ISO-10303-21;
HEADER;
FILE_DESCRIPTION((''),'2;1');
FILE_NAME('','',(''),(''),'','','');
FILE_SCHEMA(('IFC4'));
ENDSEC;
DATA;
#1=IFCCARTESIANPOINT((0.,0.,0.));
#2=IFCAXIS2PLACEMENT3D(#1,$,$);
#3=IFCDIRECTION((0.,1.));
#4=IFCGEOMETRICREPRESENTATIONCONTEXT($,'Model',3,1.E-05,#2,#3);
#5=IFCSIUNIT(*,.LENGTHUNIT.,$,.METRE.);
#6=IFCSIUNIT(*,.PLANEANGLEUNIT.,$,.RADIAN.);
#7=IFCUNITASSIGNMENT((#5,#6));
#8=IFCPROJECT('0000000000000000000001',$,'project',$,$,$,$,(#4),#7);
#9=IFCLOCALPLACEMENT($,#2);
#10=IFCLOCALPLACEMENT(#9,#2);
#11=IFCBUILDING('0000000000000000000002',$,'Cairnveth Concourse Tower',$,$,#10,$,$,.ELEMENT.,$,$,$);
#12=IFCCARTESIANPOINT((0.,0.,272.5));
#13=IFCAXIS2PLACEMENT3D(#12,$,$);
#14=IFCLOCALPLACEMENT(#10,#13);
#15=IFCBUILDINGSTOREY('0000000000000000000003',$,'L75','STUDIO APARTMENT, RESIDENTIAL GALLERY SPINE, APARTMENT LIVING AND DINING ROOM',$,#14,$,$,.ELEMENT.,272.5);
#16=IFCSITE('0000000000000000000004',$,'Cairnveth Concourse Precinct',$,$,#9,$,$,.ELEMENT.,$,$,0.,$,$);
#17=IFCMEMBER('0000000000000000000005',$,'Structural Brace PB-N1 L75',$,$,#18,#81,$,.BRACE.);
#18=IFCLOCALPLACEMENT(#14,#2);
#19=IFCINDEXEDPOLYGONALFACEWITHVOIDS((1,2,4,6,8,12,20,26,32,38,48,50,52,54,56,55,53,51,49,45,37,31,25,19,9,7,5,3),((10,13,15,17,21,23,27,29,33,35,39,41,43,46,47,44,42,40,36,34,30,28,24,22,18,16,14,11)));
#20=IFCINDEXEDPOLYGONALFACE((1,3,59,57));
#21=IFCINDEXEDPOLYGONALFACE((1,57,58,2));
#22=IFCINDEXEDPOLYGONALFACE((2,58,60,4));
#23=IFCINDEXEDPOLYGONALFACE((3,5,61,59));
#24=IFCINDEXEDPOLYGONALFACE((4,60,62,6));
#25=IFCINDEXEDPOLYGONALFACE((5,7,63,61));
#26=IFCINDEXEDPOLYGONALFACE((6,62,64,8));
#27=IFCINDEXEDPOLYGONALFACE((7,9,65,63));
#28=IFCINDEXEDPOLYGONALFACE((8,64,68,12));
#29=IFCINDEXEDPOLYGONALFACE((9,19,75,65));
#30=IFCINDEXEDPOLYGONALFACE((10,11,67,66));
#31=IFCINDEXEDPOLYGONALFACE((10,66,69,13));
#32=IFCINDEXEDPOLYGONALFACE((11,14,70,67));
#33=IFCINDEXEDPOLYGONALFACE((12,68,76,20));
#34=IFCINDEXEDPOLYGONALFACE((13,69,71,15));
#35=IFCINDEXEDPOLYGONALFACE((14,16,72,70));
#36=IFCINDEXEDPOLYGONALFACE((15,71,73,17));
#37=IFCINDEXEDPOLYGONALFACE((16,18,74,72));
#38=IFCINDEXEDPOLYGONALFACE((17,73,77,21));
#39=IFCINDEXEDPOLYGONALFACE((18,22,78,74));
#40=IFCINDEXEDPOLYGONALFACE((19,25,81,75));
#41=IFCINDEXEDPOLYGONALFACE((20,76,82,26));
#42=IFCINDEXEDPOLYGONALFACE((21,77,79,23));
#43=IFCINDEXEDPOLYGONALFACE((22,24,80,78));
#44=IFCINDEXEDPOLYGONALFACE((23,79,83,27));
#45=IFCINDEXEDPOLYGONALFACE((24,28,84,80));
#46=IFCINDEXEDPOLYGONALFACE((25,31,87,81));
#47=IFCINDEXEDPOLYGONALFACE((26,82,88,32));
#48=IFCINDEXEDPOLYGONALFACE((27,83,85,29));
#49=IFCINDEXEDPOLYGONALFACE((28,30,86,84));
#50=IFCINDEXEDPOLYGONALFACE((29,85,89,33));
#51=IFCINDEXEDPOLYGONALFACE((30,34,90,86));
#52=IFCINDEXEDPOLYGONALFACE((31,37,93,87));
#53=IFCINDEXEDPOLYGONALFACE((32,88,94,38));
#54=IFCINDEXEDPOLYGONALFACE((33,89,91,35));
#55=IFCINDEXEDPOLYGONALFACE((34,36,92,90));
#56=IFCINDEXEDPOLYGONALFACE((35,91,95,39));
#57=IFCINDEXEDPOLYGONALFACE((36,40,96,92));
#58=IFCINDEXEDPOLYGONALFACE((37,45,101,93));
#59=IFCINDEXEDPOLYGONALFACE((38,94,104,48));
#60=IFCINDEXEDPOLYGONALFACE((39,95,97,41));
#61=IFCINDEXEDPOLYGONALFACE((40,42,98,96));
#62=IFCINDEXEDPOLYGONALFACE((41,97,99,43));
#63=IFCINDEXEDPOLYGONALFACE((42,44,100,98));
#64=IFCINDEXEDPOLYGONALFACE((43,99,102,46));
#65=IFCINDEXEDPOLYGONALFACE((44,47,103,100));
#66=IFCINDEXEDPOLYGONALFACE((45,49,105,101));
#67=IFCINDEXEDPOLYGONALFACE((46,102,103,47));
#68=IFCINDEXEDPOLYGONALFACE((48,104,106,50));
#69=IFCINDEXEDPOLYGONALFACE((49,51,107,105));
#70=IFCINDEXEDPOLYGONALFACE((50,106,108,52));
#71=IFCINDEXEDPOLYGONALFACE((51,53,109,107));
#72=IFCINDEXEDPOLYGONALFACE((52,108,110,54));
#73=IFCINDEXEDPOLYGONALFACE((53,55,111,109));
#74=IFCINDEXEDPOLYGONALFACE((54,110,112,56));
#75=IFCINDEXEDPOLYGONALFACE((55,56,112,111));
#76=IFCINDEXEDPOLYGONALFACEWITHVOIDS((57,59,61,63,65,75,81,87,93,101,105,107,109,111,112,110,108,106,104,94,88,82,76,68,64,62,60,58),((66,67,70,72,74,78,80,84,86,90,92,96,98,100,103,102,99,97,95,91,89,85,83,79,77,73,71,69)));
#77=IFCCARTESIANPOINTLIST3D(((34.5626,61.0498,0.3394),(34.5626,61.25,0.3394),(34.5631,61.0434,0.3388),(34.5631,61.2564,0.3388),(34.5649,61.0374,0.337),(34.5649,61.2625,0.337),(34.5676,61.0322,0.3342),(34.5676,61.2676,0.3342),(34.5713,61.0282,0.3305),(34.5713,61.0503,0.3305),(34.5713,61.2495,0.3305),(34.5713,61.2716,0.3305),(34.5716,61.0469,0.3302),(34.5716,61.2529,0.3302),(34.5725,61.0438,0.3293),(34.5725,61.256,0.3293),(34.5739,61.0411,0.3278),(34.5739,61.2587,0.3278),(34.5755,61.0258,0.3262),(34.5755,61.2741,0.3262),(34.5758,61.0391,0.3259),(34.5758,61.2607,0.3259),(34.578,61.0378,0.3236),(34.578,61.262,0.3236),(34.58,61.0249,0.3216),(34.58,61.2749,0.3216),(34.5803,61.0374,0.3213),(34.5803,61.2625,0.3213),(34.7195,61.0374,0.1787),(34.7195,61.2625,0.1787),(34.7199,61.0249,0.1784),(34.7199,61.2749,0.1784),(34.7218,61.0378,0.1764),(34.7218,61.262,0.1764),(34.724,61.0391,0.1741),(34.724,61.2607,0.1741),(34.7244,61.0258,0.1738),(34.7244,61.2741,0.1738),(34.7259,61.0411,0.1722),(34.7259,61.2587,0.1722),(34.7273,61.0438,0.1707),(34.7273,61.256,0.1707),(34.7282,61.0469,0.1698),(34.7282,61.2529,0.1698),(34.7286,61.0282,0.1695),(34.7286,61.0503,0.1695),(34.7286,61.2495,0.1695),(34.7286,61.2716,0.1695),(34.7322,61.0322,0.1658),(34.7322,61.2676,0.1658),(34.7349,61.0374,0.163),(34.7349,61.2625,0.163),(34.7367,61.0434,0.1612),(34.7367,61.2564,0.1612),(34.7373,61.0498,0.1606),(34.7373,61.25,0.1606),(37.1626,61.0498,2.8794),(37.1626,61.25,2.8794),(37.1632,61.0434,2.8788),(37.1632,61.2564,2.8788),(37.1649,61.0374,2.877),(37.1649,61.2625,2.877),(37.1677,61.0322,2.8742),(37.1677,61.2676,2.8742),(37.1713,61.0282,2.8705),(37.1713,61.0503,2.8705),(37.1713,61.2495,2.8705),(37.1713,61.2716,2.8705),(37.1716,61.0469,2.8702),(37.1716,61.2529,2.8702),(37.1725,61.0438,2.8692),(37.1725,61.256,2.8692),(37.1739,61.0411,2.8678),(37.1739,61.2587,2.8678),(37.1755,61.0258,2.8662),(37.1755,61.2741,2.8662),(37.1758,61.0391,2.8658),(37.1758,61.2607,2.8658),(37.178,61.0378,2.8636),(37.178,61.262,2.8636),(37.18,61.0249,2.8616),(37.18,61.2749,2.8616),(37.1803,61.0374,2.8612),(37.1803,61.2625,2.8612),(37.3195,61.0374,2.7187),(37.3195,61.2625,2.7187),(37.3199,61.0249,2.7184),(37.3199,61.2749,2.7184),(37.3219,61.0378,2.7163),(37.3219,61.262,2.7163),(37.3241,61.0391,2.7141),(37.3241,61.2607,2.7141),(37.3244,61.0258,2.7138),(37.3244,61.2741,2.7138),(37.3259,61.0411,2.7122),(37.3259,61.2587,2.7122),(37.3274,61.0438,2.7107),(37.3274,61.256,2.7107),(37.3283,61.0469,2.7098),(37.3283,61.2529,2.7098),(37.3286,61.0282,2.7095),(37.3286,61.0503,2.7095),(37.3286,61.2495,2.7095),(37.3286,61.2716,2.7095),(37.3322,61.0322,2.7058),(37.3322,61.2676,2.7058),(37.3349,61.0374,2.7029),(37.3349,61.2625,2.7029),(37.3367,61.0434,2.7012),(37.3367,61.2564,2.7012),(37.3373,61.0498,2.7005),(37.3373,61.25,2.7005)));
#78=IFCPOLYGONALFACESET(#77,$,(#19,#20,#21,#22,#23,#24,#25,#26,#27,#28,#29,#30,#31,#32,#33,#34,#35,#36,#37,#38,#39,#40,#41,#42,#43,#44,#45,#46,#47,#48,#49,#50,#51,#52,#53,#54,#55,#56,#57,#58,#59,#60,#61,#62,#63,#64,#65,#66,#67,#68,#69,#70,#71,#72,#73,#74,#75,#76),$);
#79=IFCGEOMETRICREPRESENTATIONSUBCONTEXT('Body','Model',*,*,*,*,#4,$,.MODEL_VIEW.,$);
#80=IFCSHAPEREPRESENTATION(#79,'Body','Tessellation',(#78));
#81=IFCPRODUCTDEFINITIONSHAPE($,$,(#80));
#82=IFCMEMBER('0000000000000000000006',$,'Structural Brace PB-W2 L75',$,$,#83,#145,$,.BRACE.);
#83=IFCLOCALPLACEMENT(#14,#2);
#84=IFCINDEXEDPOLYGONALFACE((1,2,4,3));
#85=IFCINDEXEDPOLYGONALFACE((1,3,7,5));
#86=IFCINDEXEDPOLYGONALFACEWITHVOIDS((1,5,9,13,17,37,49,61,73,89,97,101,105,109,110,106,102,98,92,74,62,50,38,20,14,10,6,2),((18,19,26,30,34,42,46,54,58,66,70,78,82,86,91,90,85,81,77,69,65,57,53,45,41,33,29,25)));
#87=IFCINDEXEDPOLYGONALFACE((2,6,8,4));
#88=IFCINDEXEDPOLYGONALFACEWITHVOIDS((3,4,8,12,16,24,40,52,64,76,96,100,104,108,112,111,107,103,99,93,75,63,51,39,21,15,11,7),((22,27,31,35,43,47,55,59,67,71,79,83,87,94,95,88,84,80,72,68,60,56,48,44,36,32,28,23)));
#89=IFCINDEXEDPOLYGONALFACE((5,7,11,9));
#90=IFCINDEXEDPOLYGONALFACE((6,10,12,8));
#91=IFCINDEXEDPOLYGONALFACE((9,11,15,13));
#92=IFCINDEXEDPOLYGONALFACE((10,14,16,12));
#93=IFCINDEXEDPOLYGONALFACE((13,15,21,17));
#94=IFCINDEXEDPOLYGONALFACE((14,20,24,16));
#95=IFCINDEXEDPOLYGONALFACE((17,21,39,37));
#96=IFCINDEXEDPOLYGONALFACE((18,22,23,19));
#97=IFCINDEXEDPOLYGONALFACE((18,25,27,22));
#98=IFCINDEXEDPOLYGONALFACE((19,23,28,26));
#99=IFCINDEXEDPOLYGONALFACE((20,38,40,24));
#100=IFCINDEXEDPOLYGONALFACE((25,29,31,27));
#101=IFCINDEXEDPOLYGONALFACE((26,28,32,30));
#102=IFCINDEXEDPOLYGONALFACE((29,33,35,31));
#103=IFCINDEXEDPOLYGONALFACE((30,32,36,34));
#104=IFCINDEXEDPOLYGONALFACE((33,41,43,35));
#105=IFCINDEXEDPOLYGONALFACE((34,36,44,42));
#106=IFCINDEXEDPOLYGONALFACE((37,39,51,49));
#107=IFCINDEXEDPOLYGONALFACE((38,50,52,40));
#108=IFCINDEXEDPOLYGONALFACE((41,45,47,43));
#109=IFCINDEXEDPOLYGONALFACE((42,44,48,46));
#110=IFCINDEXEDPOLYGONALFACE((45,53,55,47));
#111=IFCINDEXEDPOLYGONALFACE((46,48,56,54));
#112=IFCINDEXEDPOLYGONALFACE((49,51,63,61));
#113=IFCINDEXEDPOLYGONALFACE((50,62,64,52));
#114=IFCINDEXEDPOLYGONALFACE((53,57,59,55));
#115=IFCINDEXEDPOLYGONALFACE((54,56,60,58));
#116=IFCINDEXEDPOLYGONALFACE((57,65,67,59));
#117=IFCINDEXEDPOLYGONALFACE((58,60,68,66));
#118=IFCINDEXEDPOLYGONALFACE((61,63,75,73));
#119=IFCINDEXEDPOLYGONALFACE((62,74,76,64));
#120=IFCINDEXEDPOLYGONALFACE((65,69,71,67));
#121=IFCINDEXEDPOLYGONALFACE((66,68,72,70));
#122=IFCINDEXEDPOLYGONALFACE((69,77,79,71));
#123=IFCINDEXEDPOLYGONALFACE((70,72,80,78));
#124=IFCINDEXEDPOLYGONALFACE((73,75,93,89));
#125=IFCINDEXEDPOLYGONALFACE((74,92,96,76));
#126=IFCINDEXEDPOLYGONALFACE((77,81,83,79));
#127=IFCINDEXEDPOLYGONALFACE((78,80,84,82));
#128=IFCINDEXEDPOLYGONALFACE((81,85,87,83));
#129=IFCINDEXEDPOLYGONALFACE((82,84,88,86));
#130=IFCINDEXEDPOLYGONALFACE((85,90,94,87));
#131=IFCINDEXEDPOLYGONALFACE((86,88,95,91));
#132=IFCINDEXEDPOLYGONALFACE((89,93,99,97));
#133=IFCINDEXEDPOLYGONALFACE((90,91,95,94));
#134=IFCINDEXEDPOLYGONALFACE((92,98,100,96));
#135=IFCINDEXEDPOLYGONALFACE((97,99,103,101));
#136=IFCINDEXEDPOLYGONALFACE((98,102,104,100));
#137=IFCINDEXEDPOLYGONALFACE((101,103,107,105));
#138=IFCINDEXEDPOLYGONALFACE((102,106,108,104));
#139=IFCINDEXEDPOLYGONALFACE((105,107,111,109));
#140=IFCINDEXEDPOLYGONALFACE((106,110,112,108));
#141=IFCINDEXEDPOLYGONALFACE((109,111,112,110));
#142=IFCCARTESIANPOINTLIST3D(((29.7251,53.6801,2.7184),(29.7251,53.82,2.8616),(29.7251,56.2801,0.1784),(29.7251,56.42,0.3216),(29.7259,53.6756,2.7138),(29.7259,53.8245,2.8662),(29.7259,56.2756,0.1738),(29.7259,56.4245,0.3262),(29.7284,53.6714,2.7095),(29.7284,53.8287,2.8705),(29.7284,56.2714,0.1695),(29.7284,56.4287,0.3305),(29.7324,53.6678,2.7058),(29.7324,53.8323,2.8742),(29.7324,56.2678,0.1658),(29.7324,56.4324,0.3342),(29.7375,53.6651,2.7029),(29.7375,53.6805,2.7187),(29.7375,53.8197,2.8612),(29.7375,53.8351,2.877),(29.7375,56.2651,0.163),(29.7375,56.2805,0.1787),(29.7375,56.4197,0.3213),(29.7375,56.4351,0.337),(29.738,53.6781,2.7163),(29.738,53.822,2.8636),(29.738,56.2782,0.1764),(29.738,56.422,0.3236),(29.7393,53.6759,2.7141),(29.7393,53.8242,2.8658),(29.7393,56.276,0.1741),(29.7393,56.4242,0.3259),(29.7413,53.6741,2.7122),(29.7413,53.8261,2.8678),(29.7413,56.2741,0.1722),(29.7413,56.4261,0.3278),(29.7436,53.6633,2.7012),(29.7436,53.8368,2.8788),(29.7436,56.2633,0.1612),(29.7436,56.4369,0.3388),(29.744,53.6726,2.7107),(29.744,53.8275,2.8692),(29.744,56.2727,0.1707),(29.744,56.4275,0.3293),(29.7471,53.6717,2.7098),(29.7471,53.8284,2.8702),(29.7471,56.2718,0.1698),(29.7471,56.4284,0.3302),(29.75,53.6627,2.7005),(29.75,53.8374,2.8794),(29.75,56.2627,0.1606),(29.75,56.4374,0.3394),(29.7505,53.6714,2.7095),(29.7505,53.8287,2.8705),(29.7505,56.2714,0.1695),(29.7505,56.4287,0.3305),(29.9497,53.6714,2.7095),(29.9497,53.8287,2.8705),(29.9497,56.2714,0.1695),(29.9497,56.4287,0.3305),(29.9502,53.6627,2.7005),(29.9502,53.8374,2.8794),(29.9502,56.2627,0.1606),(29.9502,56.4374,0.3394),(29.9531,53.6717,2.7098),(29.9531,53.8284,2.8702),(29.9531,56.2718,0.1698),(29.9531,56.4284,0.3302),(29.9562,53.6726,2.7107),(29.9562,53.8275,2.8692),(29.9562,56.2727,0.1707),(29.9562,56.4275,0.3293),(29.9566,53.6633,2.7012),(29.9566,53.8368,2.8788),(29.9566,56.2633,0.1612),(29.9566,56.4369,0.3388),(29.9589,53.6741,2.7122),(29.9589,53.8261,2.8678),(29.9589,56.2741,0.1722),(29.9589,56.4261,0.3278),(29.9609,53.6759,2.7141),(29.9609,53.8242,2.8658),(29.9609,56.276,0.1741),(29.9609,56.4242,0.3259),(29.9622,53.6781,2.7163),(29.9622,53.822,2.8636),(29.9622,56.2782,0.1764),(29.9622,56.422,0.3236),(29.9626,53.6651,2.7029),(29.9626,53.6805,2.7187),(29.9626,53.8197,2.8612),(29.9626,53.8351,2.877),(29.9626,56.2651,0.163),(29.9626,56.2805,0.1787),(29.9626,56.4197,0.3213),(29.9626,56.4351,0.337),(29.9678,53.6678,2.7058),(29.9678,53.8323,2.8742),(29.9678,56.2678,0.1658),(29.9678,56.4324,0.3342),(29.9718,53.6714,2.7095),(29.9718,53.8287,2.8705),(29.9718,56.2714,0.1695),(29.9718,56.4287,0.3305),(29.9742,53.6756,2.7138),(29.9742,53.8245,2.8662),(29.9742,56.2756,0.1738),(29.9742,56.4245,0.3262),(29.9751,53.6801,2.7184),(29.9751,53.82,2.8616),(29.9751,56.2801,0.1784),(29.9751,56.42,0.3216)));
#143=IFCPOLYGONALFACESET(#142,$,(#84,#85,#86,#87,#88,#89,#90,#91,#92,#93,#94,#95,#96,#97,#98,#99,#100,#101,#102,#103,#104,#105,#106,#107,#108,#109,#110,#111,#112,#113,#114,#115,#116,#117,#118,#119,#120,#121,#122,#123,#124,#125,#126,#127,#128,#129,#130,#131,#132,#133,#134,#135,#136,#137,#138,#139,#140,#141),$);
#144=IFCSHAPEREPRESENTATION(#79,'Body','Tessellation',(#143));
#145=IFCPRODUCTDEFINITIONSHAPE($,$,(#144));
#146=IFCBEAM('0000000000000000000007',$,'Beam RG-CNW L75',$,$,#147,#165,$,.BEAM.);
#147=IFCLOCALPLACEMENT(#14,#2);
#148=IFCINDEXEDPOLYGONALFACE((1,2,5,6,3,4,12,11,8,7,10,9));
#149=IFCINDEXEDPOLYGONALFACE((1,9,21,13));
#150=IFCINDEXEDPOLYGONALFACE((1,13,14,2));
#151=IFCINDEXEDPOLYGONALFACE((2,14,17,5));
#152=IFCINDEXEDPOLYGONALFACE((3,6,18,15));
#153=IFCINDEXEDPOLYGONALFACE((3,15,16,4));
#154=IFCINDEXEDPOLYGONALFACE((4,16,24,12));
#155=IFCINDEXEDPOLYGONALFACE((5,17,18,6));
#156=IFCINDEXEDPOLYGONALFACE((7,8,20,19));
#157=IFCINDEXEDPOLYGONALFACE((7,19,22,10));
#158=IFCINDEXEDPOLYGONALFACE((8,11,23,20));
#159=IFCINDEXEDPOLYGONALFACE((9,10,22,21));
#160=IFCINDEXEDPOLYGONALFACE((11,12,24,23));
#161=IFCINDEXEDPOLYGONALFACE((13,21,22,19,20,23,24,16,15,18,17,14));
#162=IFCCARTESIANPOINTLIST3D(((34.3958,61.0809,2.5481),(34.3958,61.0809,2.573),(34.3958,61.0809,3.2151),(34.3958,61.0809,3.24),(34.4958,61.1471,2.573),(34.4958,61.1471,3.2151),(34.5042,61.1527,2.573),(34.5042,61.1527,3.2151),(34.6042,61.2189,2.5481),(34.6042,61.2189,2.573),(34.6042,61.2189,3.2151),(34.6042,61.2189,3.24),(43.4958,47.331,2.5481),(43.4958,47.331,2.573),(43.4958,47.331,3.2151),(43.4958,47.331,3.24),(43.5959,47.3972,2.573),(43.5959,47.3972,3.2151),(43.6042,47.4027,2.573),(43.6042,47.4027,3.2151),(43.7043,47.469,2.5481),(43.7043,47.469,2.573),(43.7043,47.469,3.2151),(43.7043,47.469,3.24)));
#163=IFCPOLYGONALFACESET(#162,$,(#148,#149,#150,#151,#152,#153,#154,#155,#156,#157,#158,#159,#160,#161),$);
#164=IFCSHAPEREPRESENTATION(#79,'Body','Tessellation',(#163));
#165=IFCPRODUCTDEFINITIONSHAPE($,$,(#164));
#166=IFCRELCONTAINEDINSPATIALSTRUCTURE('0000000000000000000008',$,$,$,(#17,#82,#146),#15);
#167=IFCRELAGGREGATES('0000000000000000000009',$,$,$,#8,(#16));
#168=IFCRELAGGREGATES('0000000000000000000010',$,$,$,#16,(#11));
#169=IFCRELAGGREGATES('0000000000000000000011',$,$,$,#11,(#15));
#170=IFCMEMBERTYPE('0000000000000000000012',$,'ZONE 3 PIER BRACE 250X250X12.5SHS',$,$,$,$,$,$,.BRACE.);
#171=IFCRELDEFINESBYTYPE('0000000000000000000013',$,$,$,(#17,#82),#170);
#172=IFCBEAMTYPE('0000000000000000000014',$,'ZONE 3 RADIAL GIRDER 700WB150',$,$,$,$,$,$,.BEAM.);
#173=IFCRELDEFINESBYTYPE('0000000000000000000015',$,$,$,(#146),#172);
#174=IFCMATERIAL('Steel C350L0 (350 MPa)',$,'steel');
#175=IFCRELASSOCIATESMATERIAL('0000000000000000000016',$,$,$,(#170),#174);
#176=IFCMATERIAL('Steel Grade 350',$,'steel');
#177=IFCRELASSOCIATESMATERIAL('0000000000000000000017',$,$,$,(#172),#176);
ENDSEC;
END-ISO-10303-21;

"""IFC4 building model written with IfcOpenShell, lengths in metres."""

from ifc_helpers import new_model, si_unit, direction, frame, origin, origin_2d, place, context, subcontext, project, spatial, hollow_rectangle, i_section, extrude, material, material_profile, profile_set, type_object, element, save


model = new_model("IFC4")

# Units and contexts
model_context = context("Model", 3, precision=1e-05, world=origin(), true_north=direction((0.0, 1.0)))
body_context = subcontext(model_context, "Body", "Model", "MODEL_VIEW")
ifc_project = project(units=[si_unit("LENGTHUNIT", "METRE"), si_unit("PLANEANGLEUNIT", "RADIAN")], contexts=[model_context])

# Site, building, storey
site_placement = place(None, origin())
site = spatial("IfcSite", under=ifc_project, at=site_placement, Name="Cairnveth Concourse Precinct", CompositionType="ELEMENT", RefElevation=0.0)
building_placement = place(site_placement, origin())
building = spatial("IfcBuilding", under=site, at=building_placement, Name="Cairnveth Concourse Tower", CompositionType="ELEMENT")
storey_placement = place(building_placement, frame((0.0, 0.0, 272.5)))
storey = spatial("IfcBuildingStorey", under=building, at=storey_placement, Name="L75", Description="STUDIO APARTMENT, RESIDENTIAL GALLERY SPINE, APARTMENT LIVING AND DINING ROOM", CompositionType="ELEMENT", Elevation=272.5)

# Shared definitions
ifc_material_1 = material(Name="Steel Grade 350", Category="steel")

# Members
ifc_material_2 = material(Name="Steel C350L0 (350 MPa)", Category="steel")
ifc_material_profile_1 = material_profile(ifc_material_2, hollow_rectangle(XDim=0.25, YDim=0.25, WallThickness=0.0125, InnerFilletRadius=0.0129, OuterFilletRadius=0.0249, at=origin_2d()), Name="250x250x12.5SHS")
ifc_profile_set_1 = profile_set([ifc_material_profile_1], Name="Steel C350L0 (350 MPa)")
member_type = type_object("IfcMemberType", Name="ZONE 3 PIER BRACE 250X250X12.5SHS", PredefinedType="BRACE", material=ifc_profile_set_1)
for number, where, z_axis, x_axis, name in (
    (1, (34.6499, 61.1499, 0.25), (0.71532, 0.0, 0.698797), (0.0, 1.0, 0.0), "Structural Brace PB-N1 L75"),
    (2, (29.8501, 56.3501, 0.25), (0.0, -0.71532, 0.698797), (1.0, 0.0, 0.0), "Structural Brace PB-W2 L75"),
):
    element("IfcMember", number, at=place(storey_placement, frame(where, z_axis=z_axis, x_axis=x_axis)), inside=storey, type_object=member_type, Name=name, PredefinedType="BRACE", context=body_context, shape_type="SweptSolid", body=[
        extrude(hollow_rectangle(XDim=0.25, YDim=0.25, WallThickness=0.0125, InnerFilletRadius=0.0129, OuterFilletRadius=0.0249, at=origin_2d()), origin(), (0.0, 0.0, 1.0), 3.6348),
    ])

# Beam
ifc_material_profile_2 = material_profile(ifc_material_1, i_section(OverallWidth=0.25, OverallDepth=0.6919, WebThickness=0.01, FlangeThickness=0.0249, at=origin_2d()), Name="700WB150")
ifc_profile_set_2 = profile_set([ifc_material_profile_2], Name="Steel Grade 350")
beam_type_1 = type_object("IfcBeamType", Name="ZONE 3 RADIAL GIRDER 700WB150", PredefinedType="BEAM", material=ifc_profile_set_2)
beam_1_placement = place(storey_placement, frame((34.5, 61.1499, 2.894), z_axis=(0.551902, -0.833909, 0.0), x_axis=(0.833909, 0.551902, 0.0)))
element("IfcBeam", 3, at=beam_1_placement, inside=storey, type_object=beam_type_1, Name="Beam RG-CNW L75", PredefinedType="BEAM", context=body_context, shape_type="SweptSolid", body=[
    extrude(i_section(OverallWidth=0.25, OverallDepth=0.6919, WebThickness=0.01, FlangeThickness=0.0249, at=origin_2d()), origin(), (0.0, 0.0, 1.0), 16.4885),
])

save(model, "model.ifc")
